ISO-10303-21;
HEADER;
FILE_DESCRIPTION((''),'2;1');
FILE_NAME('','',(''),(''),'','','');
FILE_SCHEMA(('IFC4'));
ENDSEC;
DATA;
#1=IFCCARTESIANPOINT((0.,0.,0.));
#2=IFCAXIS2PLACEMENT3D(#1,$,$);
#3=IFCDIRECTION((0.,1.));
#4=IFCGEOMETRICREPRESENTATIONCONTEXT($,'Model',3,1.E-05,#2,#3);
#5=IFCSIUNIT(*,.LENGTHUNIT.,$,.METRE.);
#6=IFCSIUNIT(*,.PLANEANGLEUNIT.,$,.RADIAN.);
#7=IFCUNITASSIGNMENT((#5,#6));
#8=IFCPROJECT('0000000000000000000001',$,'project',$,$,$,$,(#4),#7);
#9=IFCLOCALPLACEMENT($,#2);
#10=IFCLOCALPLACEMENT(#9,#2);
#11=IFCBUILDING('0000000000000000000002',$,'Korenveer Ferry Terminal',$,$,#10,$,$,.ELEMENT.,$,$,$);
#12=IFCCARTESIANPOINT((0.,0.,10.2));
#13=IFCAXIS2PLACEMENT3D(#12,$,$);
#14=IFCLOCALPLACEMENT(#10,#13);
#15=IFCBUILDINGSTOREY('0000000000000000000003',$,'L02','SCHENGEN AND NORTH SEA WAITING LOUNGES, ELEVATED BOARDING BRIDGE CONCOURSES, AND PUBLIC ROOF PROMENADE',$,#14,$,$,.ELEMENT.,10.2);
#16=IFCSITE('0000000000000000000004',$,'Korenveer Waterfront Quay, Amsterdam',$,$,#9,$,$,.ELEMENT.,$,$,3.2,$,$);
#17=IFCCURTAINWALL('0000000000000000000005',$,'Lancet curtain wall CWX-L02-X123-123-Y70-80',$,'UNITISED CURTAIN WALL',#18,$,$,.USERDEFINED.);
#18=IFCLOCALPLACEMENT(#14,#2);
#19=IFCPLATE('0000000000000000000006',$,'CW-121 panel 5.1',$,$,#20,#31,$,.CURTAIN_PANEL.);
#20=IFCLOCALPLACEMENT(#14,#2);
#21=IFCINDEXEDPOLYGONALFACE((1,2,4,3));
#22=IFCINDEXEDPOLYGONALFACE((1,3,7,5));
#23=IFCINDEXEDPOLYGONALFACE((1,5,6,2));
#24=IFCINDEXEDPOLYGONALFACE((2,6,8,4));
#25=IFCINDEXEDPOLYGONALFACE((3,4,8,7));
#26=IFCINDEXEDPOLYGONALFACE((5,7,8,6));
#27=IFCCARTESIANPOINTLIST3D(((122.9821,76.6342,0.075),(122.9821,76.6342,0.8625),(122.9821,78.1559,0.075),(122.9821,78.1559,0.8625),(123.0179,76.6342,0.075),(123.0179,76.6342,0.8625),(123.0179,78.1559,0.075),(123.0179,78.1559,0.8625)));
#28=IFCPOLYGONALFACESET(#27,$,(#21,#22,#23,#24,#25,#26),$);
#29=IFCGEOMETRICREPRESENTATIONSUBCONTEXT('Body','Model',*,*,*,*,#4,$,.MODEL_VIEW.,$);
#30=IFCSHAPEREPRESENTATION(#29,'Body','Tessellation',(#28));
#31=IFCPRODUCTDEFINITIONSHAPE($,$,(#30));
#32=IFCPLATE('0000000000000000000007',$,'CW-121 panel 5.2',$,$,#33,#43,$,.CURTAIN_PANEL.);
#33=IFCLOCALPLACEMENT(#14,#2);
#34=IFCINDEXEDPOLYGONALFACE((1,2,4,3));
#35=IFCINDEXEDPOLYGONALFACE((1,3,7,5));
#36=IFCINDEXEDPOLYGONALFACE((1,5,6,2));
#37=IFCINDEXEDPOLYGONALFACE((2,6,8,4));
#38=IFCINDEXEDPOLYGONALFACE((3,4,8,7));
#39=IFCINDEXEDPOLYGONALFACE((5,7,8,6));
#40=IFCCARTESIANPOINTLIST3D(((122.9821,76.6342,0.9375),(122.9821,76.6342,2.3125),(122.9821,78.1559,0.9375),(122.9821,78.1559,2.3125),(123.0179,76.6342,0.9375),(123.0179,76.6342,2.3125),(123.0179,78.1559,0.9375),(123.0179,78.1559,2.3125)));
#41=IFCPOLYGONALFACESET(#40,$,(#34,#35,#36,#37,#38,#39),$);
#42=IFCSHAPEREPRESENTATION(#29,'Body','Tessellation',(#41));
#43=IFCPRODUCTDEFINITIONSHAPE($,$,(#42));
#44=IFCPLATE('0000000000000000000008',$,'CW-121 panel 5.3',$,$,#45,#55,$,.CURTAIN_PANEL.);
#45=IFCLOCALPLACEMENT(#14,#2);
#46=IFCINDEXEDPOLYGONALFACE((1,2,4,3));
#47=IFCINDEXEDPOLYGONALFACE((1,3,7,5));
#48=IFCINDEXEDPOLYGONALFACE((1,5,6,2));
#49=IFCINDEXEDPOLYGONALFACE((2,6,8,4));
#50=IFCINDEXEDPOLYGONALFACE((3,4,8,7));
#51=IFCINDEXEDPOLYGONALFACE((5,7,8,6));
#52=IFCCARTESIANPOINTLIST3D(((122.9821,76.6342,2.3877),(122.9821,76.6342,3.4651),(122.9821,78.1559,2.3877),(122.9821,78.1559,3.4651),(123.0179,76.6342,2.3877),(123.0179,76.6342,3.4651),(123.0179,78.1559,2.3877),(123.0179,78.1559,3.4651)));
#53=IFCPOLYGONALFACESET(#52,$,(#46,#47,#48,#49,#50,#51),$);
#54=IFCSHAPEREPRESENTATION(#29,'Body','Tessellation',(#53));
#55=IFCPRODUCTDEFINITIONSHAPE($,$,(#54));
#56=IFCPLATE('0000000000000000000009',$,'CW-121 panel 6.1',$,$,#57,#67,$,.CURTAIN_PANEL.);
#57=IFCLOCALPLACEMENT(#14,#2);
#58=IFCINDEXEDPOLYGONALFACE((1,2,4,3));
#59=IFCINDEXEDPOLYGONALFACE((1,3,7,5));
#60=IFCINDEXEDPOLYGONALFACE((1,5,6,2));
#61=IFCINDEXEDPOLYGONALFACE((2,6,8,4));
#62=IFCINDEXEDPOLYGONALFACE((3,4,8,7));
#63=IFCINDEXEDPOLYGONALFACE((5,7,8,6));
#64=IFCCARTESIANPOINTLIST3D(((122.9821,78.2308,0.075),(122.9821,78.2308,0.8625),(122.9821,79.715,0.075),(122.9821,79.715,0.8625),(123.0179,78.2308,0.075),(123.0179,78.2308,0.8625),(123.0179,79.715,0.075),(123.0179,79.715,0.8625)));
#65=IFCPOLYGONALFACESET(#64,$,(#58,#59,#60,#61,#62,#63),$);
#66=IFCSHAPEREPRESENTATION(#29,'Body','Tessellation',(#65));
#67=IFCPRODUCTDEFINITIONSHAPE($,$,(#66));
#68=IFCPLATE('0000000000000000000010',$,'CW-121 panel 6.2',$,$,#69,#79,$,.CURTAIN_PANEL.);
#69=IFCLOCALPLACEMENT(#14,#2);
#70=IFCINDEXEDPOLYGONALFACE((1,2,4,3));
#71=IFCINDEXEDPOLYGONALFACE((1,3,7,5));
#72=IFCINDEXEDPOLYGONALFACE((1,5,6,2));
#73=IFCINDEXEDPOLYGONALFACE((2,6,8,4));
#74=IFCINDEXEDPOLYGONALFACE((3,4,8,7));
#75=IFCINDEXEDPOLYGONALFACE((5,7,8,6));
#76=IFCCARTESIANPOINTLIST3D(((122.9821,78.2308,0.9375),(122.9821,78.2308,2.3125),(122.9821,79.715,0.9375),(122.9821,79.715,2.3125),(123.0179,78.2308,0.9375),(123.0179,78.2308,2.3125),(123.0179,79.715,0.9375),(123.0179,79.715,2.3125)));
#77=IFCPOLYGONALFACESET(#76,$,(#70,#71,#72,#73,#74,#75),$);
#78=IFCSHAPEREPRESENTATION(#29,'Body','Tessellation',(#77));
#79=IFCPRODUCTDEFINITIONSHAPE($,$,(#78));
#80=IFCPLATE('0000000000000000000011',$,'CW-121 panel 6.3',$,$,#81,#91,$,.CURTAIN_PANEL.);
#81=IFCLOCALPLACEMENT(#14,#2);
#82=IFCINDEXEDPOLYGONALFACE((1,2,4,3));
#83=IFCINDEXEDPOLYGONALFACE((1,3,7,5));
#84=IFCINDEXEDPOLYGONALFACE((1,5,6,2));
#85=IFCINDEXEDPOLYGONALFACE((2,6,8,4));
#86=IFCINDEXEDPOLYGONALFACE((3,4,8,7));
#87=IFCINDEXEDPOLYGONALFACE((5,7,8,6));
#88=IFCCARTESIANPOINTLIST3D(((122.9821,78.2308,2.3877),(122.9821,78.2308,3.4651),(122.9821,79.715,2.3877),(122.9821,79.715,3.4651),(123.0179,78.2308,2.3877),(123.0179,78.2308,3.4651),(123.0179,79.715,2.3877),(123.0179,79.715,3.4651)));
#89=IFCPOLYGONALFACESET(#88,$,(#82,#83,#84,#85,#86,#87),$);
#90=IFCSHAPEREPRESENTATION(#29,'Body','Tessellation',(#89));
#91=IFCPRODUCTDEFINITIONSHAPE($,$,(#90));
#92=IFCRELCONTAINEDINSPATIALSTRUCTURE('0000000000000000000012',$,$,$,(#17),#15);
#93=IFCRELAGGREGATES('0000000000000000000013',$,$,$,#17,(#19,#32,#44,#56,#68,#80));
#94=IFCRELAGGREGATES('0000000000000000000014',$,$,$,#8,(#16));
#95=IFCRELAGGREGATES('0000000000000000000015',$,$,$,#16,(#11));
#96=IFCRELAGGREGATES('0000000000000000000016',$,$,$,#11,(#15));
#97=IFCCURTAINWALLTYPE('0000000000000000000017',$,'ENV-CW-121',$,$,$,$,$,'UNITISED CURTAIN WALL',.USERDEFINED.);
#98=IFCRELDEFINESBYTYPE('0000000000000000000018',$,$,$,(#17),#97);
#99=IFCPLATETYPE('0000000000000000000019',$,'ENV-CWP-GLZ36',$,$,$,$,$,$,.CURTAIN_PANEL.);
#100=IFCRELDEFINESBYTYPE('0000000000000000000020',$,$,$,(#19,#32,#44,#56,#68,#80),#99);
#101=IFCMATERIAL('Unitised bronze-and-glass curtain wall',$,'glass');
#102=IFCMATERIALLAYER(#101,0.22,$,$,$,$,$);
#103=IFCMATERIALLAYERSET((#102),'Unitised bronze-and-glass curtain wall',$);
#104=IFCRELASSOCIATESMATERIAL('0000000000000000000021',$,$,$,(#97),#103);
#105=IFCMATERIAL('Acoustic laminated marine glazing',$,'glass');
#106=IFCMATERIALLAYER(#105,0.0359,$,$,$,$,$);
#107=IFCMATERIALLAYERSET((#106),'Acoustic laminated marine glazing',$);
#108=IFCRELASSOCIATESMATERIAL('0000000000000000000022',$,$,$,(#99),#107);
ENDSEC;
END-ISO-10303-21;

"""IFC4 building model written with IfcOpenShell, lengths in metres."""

from ifc_helpers import new_model, si_unit, direction, frame, origin, origin_2d, place, context, subcontext, project, spatial, rectangle, extrude, material, layer, layer_set, type_object, element, aggregate, save


model = new_model("IFC4")

# Units and contexts
model_context = context("Model", 3, precision=1e-05, world=origin(), true_north=direction((0.0, 1.0)))
body_context = subcontext(model_context, "Body", "Model", "MODEL_VIEW")
ifc_project = project(units=[si_unit("LENGTHUNIT", "METRE"), si_unit("PLANEANGLEUNIT", "RADIAN")], contexts=[model_context])

# Site, building, storey
site_placement = place(None, origin())
site = spatial("IfcSite", under=ifc_project, at=site_placement, Name="Korenveer Waterfront Quay, Amsterdam", CompositionType="ELEMENT", RefElevation=3.2)
building_placement = place(site_placement, origin())
building = spatial("IfcBuilding", under=site, at=building_placement, Name="Korenveer Ferry Terminal", CompositionType="ELEMENT")
storey_placement = place(building_placement, frame((0.0, 0.0, 10.2)))
storey = spatial("IfcBuildingStorey", under=building, at=storey_placement, Name="L02", Description="SCHENGEN AND NORTH SEA WAITING LOUNGES, ELEVATED BOARDING BRIDGE CONCOURSES, AND PUBLIC ROOF PROMENADE", CompositionType="ELEMENT", Elevation=10.2)

# Curtain wall
ifc_material_1 = material(Name="Unitised bronze-and-glass curtain wall", Category="glass")
ifc_layer_1 = layer(ifc_material_1, 0.22)
ifc_layer_set_1 = layer_set([ifc_layer_1], Name="Unitised bronze-and-glass curtain wall")
curtain_wall_type_1 = type_object("IfcCurtainWallType", Name="ENV-CW-121", ElementType="UNITISED CURTAIN WALL", PredefinedType="USERDEFINED", material=ifc_layer_set_1)
curtain_wall_1_placement = place(storey_placement, frame((123.0, 70.21, 0.0)))
curtain_wall_1 = element("IfcCurtainWall", 1, at=curtain_wall_1_placement, inside=storey, type_object=curtain_wall_type_1, Name="Lancet curtain wall CWX-L02-X123-123-Y70-80", ObjectType="UNITISED CURTAIN WALL", PredefinedType="USERDEFINED")

# Plates
ifc_material_2 = material(Name="Acoustic laminated marine glazing", Category="glass")
ifc_layer_2 = layer(ifc_material_2, 0.0359)
ifc_layer_set_2 = layer_set([ifc_layer_2], Name="Acoustic laminated marine glazing")
plate_type = type_object("IfcPlateType", Name="ENV-CWP-GLZ36", PredefinedType="CURTAIN_PANEL", material=ifc_layer_set_2)
plate_1_placement = place(storey_placement, frame((123.0, 77.395, 0.075), z_axis=(0.0, 0.0, 1.0), x_axis=(0.0, 1.0, 0.0)))
plate_1 = element("IfcPlate", 2, at=plate_1_placement, type_object=plate_type, Name="CW-121 panel 5.1", PredefinedType="CURTAIN_PANEL", context=body_context, shape_type="SweptSolid", body=[
    extrude(rectangle(XDim=1.5217, YDim=0.0359, at=origin_2d()), origin(), (0.0, 0.0, 1.0), 0.7876),
])
plate_2_placement = place(storey_placement, frame((123.0, 77.395, 0.9375), z_axis=(0.0, 0.0, 1.0), x_axis=(0.0, 1.0, 0.0)))
plate_2 = element("IfcPlate", 3, at=plate_2_placement, type_object=plate_type, Name="CW-121 panel 5.2", PredefinedType="CURTAIN_PANEL", context=body_context, shape_type="SweptSolid", body=[
    extrude(rectangle(XDim=1.5217, YDim=0.0359, at=origin_2d()), origin(), (0.0, 0.0, 1.0), 1.375),
])
plate_3_placement = place(storey_placement, frame((123.0, 77.395, 2.3877), z_axis=(0.0, 0.0, 1.0), x_axis=(0.0, 1.0, 0.0)))
plate_3 = element("IfcPlate", 4, at=plate_3_placement, type_object=plate_type, Name="CW-121 panel 5.3", PredefinedType="CURTAIN_PANEL", context=body_context, shape_type="SweptSolid", body=[
    extrude(rectangle(XDim=1.5217, YDim=0.0359, at=origin_2d()), origin(), (0.0, 0.0, 1.0), 1.0774),
])
plate_4_placement = place(storey_placement, frame((123.0, 78.9729, 0.075), z_axis=(0.0, 0.0, 1.0), x_axis=(0.0, 1.0, 0.0)))
plate_4 = element("IfcPlate", 5, at=plate_4_placement, type_object=plate_type, Name="CW-121 panel 6.1", PredefinedType="CURTAIN_PANEL", context=body_context, shape_type="SweptSolid", body=[
    extrude(rectangle(XDim=1.4841, YDim=0.0359, at=origin_2d()), origin(), (0.0, 0.0, 1.0), 0.7876),
])
plate_5_placement = place(storey_placement, frame((123.0, 78.9729, 0.9375), z_axis=(0.0, 0.0, 1.0), x_axis=(0.0, 1.0, 0.0)))
plate_5 = element("IfcPlate", 6, at=plate_5_placement, type_object=plate_type, Name="CW-121 panel 6.2", PredefinedType="CURTAIN_PANEL", context=body_context, shape_type="SweptSolid", body=[
    extrude(rectangle(XDim=1.4841, YDim=0.0359, at=origin_2d()), origin(), (0.0, 0.0, 1.0), 1.375),
])
plate_6_placement = place(storey_placement, frame((123.0, 78.9729, 2.3877), z_axis=(0.0, 0.0, 1.0), x_axis=(0.0, 1.0, 0.0)))
plate_6 = element("IfcPlate", 7, at=plate_6_placement, type_object=plate_type, Name="CW-121 panel 6.3", PredefinedType="CURTAIN_PANEL", context=body_context, shape_type="SweptSolid", body=[
    extrude(rectangle(XDim=1.4841, YDim=0.0359, at=origin_2d()), origin(), (0.0, 0.0, 1.0), 1.0774),
])
aggregate(curtain_wall_1, [plate_1, plate_2, plate_3, plate_4, plate_5, plate_6])

save(model, "model.ifc")
